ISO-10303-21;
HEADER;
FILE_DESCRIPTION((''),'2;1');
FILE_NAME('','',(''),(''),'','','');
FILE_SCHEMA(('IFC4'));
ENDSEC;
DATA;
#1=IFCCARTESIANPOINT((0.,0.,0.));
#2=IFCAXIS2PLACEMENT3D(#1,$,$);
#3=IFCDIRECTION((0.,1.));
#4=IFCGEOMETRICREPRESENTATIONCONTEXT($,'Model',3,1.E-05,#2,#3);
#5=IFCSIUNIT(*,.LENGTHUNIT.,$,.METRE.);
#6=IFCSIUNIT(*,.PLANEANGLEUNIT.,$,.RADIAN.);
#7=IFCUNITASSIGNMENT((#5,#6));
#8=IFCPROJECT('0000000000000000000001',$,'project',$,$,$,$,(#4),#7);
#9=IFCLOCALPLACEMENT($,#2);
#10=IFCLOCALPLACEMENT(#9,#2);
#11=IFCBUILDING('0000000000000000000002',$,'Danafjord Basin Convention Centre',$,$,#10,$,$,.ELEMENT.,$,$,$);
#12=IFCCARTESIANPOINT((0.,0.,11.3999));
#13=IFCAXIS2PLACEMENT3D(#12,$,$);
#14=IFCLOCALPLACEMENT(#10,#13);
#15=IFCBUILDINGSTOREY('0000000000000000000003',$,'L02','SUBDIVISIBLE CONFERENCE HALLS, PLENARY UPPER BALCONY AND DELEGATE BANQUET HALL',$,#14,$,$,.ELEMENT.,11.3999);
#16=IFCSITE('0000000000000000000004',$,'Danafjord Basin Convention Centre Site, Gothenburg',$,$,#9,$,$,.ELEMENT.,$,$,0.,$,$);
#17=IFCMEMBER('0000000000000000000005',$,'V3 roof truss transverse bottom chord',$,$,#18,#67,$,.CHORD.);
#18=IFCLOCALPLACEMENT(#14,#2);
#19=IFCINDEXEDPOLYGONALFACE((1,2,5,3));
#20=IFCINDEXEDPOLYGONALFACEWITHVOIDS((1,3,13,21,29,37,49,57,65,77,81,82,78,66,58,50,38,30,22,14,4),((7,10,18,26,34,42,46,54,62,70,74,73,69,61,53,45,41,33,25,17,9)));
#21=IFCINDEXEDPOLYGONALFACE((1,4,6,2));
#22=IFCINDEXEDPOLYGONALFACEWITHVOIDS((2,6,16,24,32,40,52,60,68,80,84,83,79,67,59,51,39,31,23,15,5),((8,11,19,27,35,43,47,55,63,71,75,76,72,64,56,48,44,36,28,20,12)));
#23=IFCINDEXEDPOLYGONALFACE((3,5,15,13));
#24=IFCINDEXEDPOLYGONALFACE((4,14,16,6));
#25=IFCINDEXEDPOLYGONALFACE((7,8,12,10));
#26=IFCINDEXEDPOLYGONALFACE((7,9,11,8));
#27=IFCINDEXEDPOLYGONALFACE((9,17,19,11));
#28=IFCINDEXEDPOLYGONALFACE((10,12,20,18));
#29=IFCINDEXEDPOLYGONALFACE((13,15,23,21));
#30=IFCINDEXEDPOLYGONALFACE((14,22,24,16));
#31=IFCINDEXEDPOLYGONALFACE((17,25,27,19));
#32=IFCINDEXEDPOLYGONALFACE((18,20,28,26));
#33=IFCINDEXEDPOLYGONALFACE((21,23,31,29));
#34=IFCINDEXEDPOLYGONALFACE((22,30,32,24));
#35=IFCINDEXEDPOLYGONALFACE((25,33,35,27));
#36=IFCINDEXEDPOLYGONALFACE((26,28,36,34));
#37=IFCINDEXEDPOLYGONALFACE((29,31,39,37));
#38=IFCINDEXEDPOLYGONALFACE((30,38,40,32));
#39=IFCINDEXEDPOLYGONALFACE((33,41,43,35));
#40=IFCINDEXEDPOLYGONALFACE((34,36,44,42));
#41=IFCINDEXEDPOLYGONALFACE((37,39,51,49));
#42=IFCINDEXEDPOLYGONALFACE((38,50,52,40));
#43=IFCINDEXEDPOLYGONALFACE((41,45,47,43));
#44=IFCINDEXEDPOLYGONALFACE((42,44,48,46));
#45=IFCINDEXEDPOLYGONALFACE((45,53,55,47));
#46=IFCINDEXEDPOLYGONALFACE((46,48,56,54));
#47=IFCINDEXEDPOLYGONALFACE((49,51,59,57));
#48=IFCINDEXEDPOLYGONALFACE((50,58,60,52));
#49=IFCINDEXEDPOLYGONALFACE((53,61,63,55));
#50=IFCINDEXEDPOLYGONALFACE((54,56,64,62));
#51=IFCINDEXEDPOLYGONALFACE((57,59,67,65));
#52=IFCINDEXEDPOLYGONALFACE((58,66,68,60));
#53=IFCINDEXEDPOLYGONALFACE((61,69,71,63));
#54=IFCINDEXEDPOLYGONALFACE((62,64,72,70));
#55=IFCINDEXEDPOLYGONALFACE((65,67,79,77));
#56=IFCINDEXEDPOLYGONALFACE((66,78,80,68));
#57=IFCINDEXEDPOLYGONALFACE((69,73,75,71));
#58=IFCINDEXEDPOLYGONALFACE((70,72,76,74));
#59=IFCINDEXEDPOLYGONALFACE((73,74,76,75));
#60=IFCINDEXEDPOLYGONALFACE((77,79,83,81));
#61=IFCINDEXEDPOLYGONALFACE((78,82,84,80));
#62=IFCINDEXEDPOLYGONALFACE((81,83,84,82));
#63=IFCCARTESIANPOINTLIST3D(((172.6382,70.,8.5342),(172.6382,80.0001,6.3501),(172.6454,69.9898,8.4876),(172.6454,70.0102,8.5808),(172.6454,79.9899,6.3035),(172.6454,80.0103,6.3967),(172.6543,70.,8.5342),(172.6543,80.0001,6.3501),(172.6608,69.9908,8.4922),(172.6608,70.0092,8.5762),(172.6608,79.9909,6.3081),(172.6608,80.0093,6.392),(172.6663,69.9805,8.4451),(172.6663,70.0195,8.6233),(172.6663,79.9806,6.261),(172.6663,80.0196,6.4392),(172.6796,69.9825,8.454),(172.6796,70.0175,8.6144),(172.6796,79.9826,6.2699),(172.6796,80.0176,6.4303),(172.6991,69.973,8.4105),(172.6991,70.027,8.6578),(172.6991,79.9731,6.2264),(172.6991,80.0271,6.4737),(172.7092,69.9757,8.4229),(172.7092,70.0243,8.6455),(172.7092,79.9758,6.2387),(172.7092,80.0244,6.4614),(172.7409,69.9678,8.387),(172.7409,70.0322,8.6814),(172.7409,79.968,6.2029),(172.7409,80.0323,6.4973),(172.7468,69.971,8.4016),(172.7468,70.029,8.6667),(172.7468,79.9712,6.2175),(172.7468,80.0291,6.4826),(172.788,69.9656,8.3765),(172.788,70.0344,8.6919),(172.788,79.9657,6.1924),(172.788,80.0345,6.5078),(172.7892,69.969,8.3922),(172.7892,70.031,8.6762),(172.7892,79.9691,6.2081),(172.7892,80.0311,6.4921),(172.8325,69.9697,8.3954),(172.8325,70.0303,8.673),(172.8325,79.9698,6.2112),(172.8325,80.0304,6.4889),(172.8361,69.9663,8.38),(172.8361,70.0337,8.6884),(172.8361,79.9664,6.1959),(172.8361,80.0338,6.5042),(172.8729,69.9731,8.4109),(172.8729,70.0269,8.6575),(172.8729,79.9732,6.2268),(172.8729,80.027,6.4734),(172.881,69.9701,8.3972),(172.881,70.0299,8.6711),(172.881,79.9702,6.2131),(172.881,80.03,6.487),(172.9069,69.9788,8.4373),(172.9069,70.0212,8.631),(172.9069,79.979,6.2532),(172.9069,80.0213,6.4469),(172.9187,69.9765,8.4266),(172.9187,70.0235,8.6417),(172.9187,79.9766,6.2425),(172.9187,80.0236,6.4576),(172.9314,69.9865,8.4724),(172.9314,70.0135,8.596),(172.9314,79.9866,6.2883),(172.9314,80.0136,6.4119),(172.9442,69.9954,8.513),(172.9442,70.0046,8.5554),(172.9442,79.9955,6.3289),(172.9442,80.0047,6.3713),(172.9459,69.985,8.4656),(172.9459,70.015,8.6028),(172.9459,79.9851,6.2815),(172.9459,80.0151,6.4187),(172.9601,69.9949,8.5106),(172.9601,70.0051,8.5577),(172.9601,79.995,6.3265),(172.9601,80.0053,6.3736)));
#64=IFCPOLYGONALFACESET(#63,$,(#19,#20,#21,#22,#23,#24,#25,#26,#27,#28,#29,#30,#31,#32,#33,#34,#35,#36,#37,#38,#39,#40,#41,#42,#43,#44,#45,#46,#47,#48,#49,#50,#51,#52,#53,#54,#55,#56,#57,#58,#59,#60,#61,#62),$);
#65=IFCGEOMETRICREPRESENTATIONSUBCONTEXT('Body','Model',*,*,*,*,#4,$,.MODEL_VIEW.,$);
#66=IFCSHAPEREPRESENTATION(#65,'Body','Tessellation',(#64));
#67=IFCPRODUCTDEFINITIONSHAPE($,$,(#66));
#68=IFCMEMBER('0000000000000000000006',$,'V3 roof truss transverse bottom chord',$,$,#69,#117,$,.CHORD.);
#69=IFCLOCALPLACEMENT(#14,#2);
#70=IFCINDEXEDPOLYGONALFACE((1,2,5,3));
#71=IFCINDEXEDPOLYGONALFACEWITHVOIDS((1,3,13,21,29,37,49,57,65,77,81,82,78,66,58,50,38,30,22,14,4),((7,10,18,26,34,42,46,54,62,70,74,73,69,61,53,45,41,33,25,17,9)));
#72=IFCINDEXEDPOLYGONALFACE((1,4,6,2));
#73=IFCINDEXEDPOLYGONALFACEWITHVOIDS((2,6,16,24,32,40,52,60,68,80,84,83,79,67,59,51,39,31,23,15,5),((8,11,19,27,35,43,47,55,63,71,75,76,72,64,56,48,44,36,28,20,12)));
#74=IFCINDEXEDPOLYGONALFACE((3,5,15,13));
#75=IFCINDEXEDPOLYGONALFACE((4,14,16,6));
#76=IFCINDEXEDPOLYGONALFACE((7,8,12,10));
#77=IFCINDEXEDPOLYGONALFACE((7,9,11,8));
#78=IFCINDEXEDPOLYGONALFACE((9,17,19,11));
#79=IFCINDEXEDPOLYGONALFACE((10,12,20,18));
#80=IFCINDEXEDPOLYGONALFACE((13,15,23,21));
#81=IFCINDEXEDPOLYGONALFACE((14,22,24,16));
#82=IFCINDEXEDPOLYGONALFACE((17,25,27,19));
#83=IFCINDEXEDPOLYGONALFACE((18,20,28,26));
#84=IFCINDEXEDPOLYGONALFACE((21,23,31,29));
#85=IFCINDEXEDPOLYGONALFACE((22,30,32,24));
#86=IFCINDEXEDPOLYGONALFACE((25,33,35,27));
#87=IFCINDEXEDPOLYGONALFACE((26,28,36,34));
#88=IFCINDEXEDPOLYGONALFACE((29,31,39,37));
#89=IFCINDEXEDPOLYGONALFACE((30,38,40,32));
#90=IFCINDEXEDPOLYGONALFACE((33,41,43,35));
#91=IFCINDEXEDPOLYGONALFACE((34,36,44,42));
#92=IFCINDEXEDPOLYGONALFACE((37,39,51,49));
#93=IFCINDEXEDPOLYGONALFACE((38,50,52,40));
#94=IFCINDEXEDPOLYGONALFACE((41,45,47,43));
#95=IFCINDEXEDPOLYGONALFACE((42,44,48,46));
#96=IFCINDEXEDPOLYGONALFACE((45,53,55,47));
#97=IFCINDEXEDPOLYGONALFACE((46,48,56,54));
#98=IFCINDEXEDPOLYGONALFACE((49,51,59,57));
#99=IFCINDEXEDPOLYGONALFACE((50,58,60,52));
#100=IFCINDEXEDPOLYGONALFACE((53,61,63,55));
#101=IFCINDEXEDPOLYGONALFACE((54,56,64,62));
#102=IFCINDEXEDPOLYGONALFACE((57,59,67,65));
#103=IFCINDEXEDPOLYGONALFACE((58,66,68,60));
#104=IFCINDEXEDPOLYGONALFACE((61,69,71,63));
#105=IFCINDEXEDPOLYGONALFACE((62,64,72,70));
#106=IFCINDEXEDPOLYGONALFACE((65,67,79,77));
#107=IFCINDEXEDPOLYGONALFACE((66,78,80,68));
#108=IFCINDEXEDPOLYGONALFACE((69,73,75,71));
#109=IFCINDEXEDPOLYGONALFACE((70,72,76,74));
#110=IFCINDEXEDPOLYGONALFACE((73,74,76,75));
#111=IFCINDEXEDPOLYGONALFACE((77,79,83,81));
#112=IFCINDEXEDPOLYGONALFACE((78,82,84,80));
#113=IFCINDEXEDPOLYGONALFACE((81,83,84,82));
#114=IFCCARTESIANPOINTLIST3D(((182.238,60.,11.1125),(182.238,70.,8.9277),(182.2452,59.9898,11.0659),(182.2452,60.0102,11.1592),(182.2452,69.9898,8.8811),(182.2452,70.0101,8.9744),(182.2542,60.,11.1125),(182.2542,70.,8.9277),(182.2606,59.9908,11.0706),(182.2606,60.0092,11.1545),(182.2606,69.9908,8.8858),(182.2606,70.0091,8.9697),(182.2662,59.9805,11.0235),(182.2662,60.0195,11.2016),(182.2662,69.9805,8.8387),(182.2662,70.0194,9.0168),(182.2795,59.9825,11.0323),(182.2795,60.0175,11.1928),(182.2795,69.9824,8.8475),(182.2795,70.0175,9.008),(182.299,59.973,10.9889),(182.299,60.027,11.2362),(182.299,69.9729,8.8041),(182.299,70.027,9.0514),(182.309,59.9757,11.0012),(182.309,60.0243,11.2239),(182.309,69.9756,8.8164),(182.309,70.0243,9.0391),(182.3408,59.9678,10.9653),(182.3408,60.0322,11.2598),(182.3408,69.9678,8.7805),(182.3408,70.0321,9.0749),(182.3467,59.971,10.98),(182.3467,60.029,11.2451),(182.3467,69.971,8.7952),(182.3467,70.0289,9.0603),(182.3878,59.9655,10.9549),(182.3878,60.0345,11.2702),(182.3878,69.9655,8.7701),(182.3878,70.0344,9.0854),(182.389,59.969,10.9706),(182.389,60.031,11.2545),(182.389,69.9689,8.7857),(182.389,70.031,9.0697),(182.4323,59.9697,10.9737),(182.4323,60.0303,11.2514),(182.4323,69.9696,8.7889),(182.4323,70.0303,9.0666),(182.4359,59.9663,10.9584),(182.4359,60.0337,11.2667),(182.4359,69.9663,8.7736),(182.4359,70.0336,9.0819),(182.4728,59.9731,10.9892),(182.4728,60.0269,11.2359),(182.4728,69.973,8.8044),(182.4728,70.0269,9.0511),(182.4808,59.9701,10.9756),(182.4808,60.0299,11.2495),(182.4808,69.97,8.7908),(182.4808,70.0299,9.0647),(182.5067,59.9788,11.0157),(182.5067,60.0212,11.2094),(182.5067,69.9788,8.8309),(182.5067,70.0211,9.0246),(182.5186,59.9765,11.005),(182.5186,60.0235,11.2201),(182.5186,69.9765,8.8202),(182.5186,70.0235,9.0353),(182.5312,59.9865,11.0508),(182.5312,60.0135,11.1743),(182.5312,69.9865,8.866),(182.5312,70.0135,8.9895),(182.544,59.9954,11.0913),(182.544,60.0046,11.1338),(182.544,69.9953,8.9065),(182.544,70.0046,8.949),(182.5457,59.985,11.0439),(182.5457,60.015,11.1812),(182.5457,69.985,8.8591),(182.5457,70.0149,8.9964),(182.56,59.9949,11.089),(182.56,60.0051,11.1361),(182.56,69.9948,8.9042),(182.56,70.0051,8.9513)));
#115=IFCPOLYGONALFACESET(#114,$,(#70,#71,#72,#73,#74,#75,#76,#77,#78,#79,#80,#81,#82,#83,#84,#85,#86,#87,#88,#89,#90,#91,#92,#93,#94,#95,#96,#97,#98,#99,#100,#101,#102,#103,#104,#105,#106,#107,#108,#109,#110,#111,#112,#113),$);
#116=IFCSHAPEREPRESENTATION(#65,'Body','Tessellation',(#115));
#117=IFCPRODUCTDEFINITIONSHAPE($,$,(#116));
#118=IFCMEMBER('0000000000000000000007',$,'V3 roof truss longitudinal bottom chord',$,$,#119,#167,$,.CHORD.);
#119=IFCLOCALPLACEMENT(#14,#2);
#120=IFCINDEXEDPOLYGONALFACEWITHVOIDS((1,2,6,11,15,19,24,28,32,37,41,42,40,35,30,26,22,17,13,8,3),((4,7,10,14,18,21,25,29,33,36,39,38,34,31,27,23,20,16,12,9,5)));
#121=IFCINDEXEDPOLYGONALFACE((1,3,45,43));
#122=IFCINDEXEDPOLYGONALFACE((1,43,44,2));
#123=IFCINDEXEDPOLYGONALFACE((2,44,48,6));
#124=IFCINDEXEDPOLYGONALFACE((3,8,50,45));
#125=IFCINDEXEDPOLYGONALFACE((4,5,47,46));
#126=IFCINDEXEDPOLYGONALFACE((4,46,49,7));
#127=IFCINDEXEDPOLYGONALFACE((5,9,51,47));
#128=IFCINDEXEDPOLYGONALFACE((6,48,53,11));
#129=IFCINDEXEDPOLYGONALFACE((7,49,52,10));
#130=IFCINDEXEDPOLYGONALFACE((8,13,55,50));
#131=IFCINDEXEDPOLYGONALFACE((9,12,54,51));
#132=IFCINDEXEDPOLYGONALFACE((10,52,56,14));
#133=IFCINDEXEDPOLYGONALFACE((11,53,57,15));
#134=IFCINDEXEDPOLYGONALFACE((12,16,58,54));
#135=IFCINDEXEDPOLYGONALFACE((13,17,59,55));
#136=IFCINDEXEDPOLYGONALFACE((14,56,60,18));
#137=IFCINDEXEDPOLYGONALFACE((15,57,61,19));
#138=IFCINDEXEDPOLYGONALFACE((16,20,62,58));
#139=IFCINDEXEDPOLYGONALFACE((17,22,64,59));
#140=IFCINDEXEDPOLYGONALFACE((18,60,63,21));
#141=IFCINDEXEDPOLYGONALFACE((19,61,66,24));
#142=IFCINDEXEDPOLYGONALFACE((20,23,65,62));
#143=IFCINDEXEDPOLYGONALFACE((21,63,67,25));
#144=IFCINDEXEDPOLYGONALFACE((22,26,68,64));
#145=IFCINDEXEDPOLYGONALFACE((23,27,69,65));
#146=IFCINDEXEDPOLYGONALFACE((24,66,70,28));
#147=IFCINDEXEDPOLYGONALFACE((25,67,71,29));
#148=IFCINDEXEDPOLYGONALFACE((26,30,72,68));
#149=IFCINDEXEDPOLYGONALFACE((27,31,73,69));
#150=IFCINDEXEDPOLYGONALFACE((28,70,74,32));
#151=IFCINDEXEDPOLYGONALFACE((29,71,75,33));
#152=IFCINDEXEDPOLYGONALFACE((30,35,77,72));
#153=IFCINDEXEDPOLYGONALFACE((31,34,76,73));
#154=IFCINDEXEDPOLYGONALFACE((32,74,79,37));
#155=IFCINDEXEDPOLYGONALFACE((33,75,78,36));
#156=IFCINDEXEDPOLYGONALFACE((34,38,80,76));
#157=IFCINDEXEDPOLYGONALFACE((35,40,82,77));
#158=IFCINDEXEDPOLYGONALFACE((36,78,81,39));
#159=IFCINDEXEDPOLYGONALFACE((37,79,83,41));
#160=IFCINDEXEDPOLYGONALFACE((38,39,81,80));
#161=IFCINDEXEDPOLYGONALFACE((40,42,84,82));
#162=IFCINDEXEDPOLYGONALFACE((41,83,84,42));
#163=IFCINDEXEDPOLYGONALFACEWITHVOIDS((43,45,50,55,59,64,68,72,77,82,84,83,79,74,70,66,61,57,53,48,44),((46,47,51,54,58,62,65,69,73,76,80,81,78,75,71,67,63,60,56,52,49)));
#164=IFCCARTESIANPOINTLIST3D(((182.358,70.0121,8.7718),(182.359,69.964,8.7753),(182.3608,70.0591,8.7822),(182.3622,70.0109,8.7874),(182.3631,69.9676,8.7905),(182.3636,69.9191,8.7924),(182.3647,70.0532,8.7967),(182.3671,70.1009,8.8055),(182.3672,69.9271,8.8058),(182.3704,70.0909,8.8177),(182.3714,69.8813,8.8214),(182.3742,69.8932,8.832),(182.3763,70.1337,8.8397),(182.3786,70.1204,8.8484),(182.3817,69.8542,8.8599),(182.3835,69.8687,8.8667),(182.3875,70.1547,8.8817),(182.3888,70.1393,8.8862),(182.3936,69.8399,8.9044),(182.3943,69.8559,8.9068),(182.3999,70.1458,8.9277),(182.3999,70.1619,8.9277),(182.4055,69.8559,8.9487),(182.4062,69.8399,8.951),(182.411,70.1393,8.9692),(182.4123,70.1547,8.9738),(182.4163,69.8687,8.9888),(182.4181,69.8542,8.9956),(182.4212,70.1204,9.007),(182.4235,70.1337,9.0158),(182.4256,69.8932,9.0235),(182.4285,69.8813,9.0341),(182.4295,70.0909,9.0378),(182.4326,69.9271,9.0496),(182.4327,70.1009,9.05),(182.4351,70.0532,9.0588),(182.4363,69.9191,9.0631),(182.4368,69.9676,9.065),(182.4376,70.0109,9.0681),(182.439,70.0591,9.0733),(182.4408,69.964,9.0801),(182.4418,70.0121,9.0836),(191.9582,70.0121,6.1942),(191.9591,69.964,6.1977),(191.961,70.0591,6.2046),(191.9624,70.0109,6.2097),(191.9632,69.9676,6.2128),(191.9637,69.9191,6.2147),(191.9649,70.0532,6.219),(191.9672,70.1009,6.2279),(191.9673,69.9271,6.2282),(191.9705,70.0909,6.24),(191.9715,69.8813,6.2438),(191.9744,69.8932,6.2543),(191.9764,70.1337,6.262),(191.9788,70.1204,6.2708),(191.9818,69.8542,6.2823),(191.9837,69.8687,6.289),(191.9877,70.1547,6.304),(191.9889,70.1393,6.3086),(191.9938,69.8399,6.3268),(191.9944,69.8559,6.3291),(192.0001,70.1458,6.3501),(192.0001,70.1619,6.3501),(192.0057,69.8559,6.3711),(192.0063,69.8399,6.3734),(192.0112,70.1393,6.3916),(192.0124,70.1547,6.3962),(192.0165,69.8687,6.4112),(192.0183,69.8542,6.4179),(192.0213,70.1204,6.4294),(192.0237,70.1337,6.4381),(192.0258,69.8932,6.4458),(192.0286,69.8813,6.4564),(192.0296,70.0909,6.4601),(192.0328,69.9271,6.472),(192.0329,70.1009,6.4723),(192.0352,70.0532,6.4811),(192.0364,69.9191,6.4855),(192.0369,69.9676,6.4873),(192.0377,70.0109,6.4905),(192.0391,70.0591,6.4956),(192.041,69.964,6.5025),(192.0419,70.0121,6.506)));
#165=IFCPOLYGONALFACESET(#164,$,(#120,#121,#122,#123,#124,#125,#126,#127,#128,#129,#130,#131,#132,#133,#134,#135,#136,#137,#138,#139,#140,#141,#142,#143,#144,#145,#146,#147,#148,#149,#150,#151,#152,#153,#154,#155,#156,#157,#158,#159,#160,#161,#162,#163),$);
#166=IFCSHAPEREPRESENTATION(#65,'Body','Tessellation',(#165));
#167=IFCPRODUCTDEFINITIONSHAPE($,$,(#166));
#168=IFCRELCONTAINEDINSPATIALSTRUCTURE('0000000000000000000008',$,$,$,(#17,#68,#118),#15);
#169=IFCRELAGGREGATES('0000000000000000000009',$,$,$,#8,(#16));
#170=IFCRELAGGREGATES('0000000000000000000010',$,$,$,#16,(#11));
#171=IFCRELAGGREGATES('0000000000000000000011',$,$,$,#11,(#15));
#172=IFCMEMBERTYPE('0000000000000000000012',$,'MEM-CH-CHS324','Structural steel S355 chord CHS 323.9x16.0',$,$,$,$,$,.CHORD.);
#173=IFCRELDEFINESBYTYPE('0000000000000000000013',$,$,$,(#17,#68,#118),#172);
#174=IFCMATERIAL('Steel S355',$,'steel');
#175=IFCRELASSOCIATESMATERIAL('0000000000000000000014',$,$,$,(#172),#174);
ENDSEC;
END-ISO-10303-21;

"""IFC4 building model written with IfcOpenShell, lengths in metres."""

from ifc_helpers import new_model, si_unit, direction, frame, origin, origin_2d, place, context, subcontext, project, spatial, hollow_circle, extrude, material, material_profile, profile_set, type_object, element, save


model = new_model("IFC4")

# Units and contexts
model_context = context("Model", 3, precision=1e-05, world=origin(), true_north=direction((0.0, 1.0)))
body_context = subcontext(model_context, "Body", "Model", "MODEL_VIEW")
ifc_project = project(units=[si_unit("LENGTHUNIT", "METRE"), si_unit("PLANEANGLEUNIT", "RADIAN")], contexts=[model_context])

# Site, building, storey
site_placement = place(None, origin())
site = spatial("IfcSite", under=ifc_project, at=site_placement, Name="Danafjord Basin Convention Centre Site, Gothenburg", CompositionType="ELEMENT", RefElevation=0.0)
building_placement = place(site_placement, origin())
building = spatial("IfcBuilding", under=site, at=building_placement, Name="Danafjord Basin Convention Centre", CompositionType="ELEMENT")
storey_placement = place(building_placement, frame((0.0, 0.0, 11.3999)))
storey = spatial("IfcBuildingStorey", under=building, at=storey_placement, Name="L02", Description="SUBDIVISIBLE CONFERENCE HALLS, PLENARY UPPER BALCONY AND DELEGATE BANQUET HALL", CompositionType="ELEMENT", Elevation=11.3999)

# Members
ifc_material = material(Name="Steel S355", Category="steel")
ifc_material_profile_1 = material_profile(ifc_material, hollow_circle(Radius=0.1619, WallThickness=0.0161, at=origin_2d()), Name="CHS 323.9x16.0")
ifc_profile_set_1 = profile_set([ifc_material_profile_1], Name="Steel S355")
member_type_1 = type_object("IfcMemberType", Name="MEM-CH-CHS324", Description="Structural steel S355 chord CHS 323.9x16.0", PredefinedType="CHORD", material=ifc_profile_set_1)
for number, where, z_axis, x_axis, name in (
    (1, (172.8, 70.0, 8.5342), (0.0, 0.97697, -0.213378), (-1.0, 0.0, 0.0), "V3 roof truss transverse bottom chord"),
    (2, (182.3999, 60.0, 11.1125), (0.0, 0.976955, -0.213446), (-1.0, 0.0, 0.0), "V3 roof truss transverse bottom chord"),
):
    element("IfcMember", number, at=place(storey_placement, frame(where, z_axis=z_axis, x_axis=x_axis)), inside=storey, type_object=member_type_1, Name=name, PredefinedType="CHORD", context=body_context, shape_type="SweptSolid", body=[
        extrude(hollow_circle(Radius=0.1619, WallThickness=0.0161, at=origin_2d()), origin(), (0.0, 0.0, 1.0), 10.2358),
    ])
member_1_placement = place(storey_placement, frame((182.3999, 70.0, 8.9277), z_axis=(0.965792, 0.0, -0.259316), x_axis=(0.0, 1.0, 0.0)))
element("IfcMember", 3, at=member_1_placement, inside=storey, type_object=member_type_1, Name="V3 roof truss longitudinal bottom chord", PredefinedType="CHORD", context=body_context, shape_type="SweptSolid", body=[
    extrude(hollow_circle(Radius=0.1619, WallThickness=0.0161, at=origin_2d()), origin(), (0.0, 0.0, 1.0), 9.9402),
])

save(model, "model.ifc")
